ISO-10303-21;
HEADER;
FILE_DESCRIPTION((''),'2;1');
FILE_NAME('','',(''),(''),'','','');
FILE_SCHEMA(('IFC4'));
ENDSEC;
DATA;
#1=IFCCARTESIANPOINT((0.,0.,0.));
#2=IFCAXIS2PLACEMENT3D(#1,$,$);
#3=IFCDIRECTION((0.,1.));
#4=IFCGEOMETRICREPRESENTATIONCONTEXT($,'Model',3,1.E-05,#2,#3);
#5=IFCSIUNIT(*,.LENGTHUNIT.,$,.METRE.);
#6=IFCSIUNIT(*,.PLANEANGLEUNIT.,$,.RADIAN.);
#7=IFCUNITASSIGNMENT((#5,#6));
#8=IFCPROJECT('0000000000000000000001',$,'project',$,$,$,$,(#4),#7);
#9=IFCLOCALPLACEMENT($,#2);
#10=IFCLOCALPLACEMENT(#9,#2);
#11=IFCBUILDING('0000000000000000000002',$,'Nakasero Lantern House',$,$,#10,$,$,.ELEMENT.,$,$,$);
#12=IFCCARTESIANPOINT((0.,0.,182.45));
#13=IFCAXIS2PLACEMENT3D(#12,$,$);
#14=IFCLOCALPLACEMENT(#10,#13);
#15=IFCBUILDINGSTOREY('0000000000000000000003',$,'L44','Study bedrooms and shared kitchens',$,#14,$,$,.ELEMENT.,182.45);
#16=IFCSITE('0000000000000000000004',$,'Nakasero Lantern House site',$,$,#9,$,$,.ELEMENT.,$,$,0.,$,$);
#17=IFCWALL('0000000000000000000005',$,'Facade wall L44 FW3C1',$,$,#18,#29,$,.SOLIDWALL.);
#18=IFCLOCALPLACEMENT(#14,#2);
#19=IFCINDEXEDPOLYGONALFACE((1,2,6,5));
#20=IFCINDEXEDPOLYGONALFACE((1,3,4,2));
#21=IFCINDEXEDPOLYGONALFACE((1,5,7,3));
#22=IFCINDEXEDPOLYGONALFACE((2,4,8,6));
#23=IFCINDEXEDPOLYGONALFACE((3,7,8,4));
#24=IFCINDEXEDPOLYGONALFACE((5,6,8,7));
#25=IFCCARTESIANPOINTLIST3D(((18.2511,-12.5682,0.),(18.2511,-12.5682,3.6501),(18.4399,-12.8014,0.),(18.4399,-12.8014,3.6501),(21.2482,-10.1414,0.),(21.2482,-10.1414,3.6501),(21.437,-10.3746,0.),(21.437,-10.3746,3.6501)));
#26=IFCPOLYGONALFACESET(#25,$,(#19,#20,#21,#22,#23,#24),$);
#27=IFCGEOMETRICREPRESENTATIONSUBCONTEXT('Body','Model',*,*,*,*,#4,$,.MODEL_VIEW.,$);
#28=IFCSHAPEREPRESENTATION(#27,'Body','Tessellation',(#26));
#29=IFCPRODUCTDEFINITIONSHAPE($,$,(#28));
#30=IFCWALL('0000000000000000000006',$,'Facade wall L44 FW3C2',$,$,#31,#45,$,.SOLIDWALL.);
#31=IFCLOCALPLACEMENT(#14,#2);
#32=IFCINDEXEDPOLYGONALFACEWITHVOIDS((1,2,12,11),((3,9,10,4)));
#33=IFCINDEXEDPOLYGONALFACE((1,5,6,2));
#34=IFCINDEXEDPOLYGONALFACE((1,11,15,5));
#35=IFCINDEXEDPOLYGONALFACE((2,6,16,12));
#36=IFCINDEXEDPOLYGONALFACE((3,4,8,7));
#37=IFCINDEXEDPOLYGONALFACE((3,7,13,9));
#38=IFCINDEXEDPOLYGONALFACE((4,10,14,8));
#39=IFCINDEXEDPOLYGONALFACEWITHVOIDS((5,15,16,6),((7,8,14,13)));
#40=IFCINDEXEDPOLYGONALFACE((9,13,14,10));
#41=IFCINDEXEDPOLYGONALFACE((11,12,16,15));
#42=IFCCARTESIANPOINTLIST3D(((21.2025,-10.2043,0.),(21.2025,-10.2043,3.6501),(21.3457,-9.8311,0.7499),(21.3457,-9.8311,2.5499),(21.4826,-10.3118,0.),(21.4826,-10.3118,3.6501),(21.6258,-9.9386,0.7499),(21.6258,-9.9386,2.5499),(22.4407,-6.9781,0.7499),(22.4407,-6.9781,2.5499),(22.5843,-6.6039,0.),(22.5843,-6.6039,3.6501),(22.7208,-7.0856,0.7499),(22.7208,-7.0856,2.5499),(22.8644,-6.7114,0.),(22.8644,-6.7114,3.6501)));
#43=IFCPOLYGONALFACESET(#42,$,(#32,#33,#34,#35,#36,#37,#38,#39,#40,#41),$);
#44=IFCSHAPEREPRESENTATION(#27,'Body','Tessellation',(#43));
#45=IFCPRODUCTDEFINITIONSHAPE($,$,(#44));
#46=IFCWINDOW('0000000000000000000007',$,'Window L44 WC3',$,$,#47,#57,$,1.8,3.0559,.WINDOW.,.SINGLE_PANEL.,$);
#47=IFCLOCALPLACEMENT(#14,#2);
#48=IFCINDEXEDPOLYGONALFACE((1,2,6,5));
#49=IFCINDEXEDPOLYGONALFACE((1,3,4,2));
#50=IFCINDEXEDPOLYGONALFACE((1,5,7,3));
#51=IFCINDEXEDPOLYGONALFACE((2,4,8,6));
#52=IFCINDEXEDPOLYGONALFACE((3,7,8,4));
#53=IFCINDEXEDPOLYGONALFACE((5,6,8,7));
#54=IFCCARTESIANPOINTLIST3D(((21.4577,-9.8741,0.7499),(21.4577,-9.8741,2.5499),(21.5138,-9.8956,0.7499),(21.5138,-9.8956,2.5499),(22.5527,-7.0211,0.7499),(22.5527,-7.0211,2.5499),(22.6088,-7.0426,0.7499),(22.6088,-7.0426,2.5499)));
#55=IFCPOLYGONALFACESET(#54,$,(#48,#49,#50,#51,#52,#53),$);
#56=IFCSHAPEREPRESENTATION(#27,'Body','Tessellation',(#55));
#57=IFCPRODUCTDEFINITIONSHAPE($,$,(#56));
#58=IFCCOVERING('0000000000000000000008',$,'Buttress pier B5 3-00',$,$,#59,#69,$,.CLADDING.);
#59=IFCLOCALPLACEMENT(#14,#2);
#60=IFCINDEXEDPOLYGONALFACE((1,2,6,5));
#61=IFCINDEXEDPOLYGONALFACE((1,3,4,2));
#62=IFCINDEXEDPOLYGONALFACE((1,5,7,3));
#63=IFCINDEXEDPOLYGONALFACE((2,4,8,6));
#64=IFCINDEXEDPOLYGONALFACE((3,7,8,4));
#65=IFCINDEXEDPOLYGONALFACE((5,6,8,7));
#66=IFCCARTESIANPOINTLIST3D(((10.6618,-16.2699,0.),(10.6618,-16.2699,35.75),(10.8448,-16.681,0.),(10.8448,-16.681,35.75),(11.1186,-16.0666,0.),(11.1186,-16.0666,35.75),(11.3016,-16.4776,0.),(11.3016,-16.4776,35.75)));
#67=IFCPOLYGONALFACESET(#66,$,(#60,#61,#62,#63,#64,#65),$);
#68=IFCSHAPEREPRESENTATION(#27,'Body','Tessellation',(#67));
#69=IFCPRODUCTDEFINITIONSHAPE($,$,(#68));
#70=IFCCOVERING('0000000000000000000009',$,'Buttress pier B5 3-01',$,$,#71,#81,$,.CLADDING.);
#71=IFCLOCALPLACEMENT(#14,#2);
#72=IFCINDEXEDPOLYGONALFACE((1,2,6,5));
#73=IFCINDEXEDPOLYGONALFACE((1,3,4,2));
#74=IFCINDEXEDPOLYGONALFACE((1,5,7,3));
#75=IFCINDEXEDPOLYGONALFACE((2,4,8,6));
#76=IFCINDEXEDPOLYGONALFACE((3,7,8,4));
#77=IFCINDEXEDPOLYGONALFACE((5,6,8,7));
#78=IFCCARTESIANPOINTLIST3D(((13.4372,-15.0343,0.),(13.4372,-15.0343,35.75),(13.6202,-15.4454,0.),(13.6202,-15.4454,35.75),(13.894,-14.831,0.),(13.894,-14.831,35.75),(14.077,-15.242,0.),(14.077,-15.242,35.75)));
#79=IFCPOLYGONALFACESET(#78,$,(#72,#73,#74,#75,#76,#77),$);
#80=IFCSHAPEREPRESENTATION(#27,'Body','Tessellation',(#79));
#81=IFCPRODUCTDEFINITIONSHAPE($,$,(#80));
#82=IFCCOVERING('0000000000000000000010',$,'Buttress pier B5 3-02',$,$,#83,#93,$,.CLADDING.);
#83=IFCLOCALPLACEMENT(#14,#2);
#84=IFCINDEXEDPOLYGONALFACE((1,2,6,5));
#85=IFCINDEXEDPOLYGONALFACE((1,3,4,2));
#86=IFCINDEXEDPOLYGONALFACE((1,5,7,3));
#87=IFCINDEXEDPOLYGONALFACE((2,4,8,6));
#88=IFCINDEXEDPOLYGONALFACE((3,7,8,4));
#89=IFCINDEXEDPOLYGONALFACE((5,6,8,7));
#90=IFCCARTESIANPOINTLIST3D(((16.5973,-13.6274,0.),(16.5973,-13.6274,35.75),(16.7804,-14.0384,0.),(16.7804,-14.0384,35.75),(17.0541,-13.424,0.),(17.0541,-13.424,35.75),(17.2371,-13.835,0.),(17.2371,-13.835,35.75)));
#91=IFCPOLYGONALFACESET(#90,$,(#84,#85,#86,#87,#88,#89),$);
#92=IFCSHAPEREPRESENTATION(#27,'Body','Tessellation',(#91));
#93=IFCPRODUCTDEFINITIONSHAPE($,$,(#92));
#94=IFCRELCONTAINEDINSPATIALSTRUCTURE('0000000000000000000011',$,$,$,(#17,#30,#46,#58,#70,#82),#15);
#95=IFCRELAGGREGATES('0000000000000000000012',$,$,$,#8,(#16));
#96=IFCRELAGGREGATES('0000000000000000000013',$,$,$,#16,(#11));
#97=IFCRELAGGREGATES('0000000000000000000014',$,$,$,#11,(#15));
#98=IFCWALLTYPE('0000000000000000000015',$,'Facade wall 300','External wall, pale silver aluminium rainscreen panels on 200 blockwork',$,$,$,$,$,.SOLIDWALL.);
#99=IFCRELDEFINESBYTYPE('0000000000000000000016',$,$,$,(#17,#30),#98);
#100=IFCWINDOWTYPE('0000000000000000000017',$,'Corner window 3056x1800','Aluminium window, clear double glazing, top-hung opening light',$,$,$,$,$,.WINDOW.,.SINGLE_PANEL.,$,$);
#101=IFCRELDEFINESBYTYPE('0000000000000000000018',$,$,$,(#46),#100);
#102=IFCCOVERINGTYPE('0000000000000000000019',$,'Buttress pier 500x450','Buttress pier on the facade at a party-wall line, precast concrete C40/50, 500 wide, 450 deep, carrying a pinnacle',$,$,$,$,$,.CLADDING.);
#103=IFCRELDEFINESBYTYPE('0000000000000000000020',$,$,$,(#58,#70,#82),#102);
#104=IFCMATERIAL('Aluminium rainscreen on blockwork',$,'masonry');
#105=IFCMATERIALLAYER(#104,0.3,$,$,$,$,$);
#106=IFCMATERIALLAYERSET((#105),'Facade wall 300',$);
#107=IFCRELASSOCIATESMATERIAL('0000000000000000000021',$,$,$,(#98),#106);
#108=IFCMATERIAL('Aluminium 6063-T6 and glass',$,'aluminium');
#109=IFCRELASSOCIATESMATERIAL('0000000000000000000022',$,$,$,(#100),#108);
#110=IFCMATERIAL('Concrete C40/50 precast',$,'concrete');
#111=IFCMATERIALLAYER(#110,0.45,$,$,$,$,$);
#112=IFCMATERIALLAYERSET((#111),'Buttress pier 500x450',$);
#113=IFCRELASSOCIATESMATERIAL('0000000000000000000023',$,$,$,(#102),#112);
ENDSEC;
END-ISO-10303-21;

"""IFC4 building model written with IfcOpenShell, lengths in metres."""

from ifc_helpers import new_model, si_unit, direction, frame, frame_2d, origin, origin_2d, place, context, subcontext, project, spatial, rectangle, extrude, material, layer, layer_set, type_object, element, fill, save


model = new_model("IFC4")

# Units and contexts
model_context = context("Model", 3, precision=1e-05, world=origin(), true_north=direction((0.0, 1.0)))
body_context = subcontext(model_context, "Body", "Model", "MODEL_VIEW")
ifc_project = project(units=[si_unit("LENGTHUNIT", "METRE"), si_unit("PLANEANGLEUNIT", "RADIAN")], contexts=[model_context])

# Site, building, storey
site_placement = place(None, origin())
site = spatial("IfcSite", under=ifc_project, at=site_placement, Name="Nakasero Lantern House site", CompositionType="ELEMENT", RefElevation=0.0)
building_placement = place(site_placement, origin())
building = spatial("IfcBuilding", under=site, at=building_placement, Name="Nakasero Lantern House", CompositionType="ELEMENT")
storey_placement = place(building_placement, frame((0.0, 0.0, 182.45)))
storey = spatial("IfcBuildingStorey", under=building, at=storey_placement, Name="L44", Description="Study bedrooms and shared kitchens", CompositionType="ELEMENT", Elevation=182.45)

# Wall
ifc_material_1 = material(Name="Aluminium rainscreen on blockwork", Category="masonry")
ifc_layer_1 = layer(ifc_material_1, 0.3)
ifc_layer_set_1 = layer_set([ifc_layer_1], Name="Facade wall 300")
wall_type_1 = type_object("IfcWallType", Name="Facade wall 300", Description="External wall, pale silver aluminium rainscreen panels on 200 blockwork", PredefinedType="SOLIDWALL", material=ifc_layer_set_1)
wall_1_placement = place(storey_placement, frame((18.3455, -12.6848, 0.0), z_axis=(0.0, 0.0, 1.0), x_axis=(0.777174, 0.629286, 0.0)))
element("IfcWall", 1, at=wall_1_placement, inside=storey, type_object=wall_type_1, Name="Facade wall L44 FW3C1", PredefinedType="SOLIDWALL", context=body_context, shape_type="SweptSolid", body=[
    extrude(rectangle(XDim=3.8564, YDim=0.3, at=frame_2d((1.9282, 0.0))), origin(), (0.0, 0.0, 1.0), 3.6501),
])

# Wall, opening, window
wall_2_placement = place(storey_placement, frame((21.3425, -10.2581, 0.0), z_axis=(0.0, 0.0, 1.0), x_axis=(0.358321, 0.933598, 0.0)))
wall_2 = element("IfcWall", 2, at=wall_2_placement, inside=storey, type_object=wall_type_1, Name="Facade wall L44 FW3C2", PredefinedType="SOLIDWALL", context=body_context, shape_type="SweptSolid", body=[
    extrude(rectangle(XDim=3.8564, YDim=0.3, at=frame_2d((1.9282, 0.0))), origin(), (0.0, 0.0, 1.0), 3.6501),
])
opening_1_placement = place(wall_2_placement, frame((0.3999, 0.0, 0.75)))
opening_1 = element("IfcOpeningElement", 3, at=opening_1_placement, cuts=wall_2, PredefinedType="OPENING", context=body_context, shape_type="SweptSolid", body=[
    extrude(rectangle(XDim=3.0559, YDim=1.8, at=frame_2d((1.5278, 0.8999))), frame((0.0, 0.1699, 0.0), z_axis=(0.0, -1.0, 0.0), x_axis=(1.0, 0.0, 0.0)), (0.0, 0.0, 1.0), 0.3401),
])
ifc_material_2 = material(Name="Aluminium 6063-T6 and glass", Category="aluminium")
window_type = type_object("IfcWindowType", Name="Corner window 3056x1800", Description="Aluminium window, clear double glazing, top-hung opening light", PartitioningType="SINGLE_PANEL", PredefinedType="WINDOW", material=ifc_material_2)
window_placement = place(opening_1_placement, origin())
window = element("IfcWindow", 4, at=window_placement, inside=storey, type_object=window_type, Name="Window L44 WC3", OverallHeight=1.8, OverallWidth=3.0559, PartitioningType="SINGLE_PANEL", PredefinedType="WINDOW", context=body_context, shape_type="SweptSolid", body=[
    extrude(rectangle(XDim=3.0559, YDim=1.8, at=frame_2d((1.5278, 0.8999))), frame((0.0, 0.03, 0.0), z_axis=(0.0, -1.0, 0.0), x_axis=(1.0, 0.0, 0.0)), (0.0, 0.0, 1.0), 0.0601),
])
fill(opening_1, window)

# Coverings
ifc_material_3 = material(Name="Concrete C40/50 precast", Category="concrete")
ifc_layer_2 = layer(ifc_material_3, 0.45)
ifc_layer_set_2 = layer_set([ifc_layer_2], Name="Buttress pier 500x450")
covering_type = type_object("IfcCoveringType", Name="Buttress pier 500x450", Description="Buttress pier on the facade at a party-wall line, precast concrete C40/50, 500 wide, 450 deep, carrying a pinnacle", PredefinedType="CLADDING", material=ifc_layer_set_2)
for number, where, z_axis, x_axis, name in (
    (5, (10.9817, -16.3738, 0.0), (0.0, 0.0, 1.0), (0.406737, -0.913545, 0.0), "Buttress pier B5 3-00"),
    (6, (13.7571, -15.1382, 0.0), (0.0, 0.0, 1.0), (0.406737, -0.913545, 0.0), "Buttress pier B5 3-01"),
    (7, (16.9172, -13.7312, 0.0), (0.0, 0.0, 1.0), (0.406737, -0.913545, 0.0), "Buttress pier B5 3-02"),
):
    element("IfcCovering", number, at=place(storey_placement, frame(where, z_axis=z_axis, x_axis=x_axis)), inside=storey, type_object=covering_type, Name=name, PredefinedType="CLADDING", context=body_context, shape_type="SweptSolid", body=[
        extrude(rectangle(XDim=0.45, YDim=0.5, at=origin_2d()), origin(), (0.0, 0.0, 1.0), 35.75),
    ])

save(model, "model.ifc")
